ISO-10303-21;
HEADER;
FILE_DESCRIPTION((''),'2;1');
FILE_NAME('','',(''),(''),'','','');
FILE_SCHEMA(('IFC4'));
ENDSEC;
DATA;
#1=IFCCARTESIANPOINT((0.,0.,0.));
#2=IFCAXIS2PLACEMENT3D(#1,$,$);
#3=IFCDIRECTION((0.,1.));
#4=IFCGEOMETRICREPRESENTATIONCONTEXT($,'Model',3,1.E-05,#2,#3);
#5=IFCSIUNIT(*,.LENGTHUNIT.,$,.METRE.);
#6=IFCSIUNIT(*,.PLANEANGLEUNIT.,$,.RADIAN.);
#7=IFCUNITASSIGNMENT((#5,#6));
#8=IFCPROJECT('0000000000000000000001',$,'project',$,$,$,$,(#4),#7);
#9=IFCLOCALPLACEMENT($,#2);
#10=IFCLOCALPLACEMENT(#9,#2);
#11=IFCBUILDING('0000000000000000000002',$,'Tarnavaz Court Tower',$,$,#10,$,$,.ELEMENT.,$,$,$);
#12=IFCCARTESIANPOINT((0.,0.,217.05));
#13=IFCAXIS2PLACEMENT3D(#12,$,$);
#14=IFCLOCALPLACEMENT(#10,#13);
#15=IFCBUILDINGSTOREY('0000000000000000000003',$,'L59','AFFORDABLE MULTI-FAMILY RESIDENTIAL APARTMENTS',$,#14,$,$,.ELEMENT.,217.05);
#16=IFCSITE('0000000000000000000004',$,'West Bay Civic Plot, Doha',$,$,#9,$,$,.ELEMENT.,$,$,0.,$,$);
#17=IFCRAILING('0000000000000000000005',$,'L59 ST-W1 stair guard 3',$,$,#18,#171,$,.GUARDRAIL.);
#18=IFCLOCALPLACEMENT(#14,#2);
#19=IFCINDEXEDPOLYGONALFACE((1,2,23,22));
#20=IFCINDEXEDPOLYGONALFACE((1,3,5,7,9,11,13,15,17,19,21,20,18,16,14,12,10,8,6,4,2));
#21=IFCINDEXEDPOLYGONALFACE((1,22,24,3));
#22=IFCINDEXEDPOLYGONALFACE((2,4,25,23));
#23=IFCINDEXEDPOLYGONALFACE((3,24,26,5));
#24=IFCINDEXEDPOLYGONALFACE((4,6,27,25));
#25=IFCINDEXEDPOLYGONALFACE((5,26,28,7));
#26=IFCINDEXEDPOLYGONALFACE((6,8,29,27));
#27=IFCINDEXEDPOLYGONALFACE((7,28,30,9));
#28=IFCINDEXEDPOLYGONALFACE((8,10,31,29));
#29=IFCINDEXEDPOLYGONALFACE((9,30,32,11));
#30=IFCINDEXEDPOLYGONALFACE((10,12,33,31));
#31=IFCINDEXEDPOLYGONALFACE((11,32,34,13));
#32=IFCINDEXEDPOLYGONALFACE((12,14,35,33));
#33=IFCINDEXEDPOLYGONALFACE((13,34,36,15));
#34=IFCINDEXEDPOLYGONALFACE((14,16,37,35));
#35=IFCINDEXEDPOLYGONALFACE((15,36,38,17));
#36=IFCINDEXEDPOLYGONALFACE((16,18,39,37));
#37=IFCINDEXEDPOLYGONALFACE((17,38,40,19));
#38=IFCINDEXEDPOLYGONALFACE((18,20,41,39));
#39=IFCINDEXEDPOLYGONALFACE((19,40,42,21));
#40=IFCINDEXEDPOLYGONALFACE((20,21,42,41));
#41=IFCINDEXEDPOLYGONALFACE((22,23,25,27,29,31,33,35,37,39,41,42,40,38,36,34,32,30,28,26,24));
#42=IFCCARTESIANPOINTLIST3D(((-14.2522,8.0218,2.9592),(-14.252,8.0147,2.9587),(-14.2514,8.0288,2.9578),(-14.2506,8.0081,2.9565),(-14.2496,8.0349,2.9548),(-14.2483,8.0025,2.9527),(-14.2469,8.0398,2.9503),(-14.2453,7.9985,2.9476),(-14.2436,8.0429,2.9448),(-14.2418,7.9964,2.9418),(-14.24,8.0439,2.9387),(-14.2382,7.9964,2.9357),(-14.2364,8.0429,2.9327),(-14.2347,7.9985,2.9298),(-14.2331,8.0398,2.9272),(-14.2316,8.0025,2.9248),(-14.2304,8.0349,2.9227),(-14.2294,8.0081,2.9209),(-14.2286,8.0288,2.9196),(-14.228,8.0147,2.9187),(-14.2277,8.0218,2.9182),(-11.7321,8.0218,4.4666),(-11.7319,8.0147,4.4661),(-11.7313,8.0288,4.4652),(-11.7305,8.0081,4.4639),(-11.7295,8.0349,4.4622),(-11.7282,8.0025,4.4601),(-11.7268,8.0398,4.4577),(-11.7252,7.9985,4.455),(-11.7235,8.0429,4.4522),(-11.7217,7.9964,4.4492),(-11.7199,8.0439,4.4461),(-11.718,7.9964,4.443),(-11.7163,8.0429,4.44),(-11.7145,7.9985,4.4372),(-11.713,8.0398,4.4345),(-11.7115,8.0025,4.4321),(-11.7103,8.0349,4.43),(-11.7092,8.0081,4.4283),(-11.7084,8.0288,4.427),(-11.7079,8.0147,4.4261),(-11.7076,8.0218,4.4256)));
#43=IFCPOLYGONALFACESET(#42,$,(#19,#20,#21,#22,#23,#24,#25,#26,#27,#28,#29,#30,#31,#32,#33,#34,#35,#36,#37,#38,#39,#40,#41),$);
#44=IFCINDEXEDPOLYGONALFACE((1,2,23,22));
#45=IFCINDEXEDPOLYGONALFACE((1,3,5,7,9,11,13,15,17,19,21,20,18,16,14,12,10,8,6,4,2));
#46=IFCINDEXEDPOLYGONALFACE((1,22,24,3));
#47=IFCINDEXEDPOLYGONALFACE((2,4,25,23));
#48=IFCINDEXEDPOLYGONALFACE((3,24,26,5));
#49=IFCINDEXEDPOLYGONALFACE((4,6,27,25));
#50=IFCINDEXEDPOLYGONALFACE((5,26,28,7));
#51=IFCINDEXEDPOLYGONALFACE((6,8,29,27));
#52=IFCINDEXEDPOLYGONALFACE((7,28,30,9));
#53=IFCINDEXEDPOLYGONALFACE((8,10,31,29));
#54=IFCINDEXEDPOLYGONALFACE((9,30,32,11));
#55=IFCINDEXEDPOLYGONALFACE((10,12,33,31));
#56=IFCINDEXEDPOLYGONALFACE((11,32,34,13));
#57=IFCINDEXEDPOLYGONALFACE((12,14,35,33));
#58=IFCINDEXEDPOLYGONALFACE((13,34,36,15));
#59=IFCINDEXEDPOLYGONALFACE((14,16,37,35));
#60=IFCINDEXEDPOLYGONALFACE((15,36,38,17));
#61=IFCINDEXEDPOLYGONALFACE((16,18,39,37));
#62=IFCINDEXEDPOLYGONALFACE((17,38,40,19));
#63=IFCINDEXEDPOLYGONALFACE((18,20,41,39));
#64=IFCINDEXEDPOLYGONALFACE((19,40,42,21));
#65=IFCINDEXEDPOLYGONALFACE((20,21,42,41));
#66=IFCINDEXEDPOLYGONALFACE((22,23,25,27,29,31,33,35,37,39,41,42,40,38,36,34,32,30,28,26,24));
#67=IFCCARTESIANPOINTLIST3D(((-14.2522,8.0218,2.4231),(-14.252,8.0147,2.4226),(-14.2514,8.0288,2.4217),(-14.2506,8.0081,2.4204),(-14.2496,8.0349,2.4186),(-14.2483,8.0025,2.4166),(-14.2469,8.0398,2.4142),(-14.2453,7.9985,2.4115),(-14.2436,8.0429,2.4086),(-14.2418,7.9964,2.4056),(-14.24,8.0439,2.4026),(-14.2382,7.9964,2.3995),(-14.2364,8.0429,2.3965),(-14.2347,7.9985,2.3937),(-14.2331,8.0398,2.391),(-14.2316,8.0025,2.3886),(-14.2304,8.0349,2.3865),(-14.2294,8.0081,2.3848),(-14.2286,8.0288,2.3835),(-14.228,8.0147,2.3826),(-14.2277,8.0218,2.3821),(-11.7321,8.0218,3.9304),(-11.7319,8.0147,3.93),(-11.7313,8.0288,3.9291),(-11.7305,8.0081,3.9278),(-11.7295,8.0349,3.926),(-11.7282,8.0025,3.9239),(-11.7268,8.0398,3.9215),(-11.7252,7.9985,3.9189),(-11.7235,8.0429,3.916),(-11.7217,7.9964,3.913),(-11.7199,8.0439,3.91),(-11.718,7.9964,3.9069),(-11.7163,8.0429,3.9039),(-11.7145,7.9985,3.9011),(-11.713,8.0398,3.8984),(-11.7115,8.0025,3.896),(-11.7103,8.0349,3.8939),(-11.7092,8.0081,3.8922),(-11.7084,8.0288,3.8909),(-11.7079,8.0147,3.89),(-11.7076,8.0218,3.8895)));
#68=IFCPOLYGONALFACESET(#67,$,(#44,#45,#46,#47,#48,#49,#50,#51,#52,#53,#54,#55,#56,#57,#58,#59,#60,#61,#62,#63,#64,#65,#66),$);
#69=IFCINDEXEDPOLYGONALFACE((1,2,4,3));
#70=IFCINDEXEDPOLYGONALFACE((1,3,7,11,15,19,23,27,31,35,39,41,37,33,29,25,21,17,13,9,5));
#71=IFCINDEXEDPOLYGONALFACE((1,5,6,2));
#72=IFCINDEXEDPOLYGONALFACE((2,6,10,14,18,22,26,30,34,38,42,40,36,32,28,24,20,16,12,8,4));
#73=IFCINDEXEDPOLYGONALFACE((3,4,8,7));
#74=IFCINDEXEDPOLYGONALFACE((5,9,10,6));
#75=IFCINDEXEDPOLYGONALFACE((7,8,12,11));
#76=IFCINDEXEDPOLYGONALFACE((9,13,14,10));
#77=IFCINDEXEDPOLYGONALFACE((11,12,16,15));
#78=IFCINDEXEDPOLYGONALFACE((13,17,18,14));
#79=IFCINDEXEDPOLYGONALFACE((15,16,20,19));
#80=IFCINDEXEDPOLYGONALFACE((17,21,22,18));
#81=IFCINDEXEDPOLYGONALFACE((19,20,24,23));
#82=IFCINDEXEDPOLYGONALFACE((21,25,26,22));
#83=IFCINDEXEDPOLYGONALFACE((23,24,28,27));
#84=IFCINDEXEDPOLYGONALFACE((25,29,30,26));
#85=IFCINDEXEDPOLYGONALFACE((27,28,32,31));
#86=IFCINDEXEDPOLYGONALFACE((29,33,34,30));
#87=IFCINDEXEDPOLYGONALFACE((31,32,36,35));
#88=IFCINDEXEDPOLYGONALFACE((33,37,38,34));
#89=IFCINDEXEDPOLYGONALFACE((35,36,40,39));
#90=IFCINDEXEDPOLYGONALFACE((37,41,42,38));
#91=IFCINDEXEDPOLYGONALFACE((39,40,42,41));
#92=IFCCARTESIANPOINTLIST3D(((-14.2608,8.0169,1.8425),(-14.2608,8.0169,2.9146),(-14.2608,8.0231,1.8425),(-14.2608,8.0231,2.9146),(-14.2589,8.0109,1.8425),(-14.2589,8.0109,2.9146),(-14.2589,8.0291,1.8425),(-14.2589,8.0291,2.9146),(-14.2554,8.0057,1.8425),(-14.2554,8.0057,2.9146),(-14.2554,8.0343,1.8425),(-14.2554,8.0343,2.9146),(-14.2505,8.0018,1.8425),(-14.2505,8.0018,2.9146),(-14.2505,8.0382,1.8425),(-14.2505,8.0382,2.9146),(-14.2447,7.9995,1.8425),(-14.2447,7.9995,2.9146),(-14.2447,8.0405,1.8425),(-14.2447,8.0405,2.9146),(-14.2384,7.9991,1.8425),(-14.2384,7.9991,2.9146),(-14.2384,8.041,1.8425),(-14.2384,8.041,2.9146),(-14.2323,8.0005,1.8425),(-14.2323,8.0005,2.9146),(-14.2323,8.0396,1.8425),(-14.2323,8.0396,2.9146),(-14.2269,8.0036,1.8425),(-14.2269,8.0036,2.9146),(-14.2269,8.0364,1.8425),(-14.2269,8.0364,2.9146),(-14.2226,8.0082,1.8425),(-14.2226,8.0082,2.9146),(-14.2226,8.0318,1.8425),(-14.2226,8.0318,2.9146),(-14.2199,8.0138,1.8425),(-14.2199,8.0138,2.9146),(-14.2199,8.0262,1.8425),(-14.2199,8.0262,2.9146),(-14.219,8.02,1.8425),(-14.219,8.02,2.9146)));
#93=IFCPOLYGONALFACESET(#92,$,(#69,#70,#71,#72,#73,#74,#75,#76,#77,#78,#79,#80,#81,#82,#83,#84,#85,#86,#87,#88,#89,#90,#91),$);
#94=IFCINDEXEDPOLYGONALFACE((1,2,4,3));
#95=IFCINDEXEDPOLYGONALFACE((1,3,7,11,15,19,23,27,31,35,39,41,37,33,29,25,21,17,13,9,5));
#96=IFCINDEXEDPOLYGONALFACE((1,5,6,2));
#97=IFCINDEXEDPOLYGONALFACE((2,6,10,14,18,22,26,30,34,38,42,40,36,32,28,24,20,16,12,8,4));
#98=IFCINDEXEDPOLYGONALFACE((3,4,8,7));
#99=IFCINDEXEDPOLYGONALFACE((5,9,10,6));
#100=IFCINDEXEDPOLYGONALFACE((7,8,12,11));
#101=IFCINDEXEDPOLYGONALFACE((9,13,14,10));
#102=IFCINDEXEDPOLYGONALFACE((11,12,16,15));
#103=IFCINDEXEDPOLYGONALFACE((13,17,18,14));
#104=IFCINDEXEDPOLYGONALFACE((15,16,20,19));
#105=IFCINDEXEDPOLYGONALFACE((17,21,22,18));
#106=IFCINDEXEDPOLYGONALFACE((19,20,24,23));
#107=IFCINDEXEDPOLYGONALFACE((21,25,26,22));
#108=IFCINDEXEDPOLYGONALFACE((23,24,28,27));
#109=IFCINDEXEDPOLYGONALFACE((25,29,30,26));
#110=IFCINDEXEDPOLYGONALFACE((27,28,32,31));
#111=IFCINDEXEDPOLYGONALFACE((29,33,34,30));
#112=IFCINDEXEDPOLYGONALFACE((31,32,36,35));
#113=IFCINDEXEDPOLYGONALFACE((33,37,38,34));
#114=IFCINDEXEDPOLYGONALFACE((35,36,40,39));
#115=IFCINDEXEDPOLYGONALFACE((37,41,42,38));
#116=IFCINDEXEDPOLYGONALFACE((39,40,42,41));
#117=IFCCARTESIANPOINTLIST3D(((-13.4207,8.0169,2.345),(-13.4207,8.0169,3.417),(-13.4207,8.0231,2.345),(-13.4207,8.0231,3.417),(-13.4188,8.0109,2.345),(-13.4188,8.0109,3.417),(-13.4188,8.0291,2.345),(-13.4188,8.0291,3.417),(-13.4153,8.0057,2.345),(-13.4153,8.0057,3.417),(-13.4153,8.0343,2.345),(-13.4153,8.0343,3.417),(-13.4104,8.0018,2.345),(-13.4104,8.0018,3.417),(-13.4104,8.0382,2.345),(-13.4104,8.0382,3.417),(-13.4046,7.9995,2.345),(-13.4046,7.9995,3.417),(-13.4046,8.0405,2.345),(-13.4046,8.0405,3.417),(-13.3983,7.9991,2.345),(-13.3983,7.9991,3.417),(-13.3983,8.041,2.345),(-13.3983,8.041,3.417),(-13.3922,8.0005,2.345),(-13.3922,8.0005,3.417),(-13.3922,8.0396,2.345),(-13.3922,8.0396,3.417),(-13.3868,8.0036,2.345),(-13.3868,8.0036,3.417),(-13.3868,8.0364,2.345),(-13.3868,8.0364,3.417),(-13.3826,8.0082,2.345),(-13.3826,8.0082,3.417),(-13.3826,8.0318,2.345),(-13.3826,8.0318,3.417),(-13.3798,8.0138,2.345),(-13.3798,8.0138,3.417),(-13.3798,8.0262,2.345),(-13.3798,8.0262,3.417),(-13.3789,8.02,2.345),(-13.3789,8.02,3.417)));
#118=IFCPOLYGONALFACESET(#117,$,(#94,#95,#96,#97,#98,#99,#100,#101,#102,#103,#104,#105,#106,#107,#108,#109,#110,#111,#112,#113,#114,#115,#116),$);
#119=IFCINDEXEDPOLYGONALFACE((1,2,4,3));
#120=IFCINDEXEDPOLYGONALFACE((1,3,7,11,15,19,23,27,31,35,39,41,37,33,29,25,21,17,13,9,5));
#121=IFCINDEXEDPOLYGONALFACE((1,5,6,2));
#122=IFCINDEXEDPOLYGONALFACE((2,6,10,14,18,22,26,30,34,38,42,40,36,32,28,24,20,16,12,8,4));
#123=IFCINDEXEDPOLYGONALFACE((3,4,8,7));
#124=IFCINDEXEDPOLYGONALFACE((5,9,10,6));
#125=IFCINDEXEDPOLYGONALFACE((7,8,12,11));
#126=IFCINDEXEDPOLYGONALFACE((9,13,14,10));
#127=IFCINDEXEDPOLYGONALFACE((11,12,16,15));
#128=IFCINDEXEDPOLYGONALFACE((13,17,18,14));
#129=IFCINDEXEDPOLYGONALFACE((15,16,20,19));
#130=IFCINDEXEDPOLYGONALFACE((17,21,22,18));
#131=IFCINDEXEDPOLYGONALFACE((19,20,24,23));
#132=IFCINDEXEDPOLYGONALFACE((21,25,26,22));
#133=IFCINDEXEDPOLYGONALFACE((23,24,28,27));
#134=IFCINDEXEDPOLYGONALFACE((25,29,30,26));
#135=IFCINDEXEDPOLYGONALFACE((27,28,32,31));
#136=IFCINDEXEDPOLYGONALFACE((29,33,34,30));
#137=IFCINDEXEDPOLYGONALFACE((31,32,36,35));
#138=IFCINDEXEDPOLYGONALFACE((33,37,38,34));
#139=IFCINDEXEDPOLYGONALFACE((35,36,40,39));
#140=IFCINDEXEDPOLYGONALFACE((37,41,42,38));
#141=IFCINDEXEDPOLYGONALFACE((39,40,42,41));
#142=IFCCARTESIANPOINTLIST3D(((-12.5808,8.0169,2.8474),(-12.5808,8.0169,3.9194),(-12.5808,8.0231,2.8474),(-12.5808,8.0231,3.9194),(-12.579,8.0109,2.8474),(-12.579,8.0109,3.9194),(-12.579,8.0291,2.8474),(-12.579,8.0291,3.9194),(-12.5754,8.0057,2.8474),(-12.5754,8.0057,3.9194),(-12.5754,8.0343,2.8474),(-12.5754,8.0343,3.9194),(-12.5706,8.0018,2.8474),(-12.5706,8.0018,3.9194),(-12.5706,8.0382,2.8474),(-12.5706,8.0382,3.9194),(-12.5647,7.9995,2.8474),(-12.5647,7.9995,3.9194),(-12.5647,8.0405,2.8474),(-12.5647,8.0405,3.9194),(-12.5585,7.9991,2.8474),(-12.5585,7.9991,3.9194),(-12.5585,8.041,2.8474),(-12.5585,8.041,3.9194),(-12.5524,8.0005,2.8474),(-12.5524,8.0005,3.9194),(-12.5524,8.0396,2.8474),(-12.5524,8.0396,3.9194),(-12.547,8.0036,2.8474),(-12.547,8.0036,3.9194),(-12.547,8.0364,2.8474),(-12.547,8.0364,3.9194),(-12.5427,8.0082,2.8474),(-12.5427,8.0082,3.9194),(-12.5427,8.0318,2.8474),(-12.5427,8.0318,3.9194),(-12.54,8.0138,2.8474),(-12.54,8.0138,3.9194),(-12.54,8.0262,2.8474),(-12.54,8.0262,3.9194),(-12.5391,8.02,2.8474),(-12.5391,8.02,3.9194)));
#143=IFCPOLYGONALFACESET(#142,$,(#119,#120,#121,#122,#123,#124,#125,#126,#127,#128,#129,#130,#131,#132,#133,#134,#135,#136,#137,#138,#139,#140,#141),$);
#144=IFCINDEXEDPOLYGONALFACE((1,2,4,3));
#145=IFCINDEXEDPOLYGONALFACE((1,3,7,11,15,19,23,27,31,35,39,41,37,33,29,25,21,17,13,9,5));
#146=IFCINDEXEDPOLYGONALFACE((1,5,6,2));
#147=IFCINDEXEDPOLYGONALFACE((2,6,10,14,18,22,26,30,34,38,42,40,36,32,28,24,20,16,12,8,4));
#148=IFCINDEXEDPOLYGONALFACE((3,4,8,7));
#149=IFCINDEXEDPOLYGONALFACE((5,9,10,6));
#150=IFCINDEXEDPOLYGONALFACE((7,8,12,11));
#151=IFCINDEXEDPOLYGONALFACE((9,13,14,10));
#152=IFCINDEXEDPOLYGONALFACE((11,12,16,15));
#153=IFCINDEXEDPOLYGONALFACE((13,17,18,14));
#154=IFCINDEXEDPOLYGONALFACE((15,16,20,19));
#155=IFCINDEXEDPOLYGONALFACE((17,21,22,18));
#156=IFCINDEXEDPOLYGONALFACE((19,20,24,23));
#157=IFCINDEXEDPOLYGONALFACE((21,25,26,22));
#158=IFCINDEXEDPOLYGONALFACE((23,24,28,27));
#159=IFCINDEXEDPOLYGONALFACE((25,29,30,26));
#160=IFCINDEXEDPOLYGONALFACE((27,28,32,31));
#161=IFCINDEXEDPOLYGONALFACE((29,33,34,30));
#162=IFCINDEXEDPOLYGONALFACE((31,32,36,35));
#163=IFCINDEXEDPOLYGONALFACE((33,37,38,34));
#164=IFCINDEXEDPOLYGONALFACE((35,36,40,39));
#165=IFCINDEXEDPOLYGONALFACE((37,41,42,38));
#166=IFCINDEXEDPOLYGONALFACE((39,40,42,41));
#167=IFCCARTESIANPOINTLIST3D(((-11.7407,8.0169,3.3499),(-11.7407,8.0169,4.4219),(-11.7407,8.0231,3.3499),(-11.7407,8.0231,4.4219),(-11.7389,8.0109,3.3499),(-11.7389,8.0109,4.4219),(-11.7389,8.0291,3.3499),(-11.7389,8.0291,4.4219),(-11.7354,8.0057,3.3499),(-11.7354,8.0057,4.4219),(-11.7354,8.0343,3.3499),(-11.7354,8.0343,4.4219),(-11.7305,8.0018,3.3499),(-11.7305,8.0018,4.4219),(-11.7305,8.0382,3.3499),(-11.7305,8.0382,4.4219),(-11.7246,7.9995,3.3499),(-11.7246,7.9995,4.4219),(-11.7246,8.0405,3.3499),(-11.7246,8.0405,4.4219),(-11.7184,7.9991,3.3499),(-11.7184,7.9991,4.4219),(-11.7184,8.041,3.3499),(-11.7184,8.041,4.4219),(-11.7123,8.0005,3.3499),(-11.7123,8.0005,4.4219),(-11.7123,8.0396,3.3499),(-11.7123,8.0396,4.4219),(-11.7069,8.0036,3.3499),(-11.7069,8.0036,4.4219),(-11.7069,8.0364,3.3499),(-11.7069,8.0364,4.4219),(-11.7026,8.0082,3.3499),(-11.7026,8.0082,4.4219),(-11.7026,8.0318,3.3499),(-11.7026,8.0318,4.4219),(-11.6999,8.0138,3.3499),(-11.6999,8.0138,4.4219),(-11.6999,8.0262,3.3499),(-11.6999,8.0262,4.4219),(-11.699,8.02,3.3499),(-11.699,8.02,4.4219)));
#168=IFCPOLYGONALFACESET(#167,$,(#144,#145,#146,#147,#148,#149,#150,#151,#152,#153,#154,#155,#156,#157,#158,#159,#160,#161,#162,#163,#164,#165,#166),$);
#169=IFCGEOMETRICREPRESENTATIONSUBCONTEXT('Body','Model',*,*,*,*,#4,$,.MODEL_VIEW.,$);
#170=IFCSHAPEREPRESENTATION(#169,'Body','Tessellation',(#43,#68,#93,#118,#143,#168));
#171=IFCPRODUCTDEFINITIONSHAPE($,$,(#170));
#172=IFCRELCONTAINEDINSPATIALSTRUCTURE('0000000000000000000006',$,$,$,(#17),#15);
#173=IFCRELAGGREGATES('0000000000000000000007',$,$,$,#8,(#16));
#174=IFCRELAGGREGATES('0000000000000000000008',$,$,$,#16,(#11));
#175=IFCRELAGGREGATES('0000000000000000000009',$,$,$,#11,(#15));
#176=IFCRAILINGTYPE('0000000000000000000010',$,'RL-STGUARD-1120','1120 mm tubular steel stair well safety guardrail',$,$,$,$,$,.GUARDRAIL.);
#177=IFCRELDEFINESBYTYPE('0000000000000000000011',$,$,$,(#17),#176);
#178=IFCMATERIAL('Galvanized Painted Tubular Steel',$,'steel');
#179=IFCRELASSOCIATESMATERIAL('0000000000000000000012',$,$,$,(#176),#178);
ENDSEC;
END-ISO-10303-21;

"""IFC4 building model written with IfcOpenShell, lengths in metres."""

from ifc_helpers import new_model, si_unit, direction, frame, origin, origin_2d, place, context, subcontext, project, spatial, circle, extrude, material, type_object, element, save


model = new_model("IFC4")

# Units and contexts
model_context = context("Model", 3, precision=1e-05, world=origin(), true_north=direction((0.0, 1.0)))
body_context = subcontext(model_context, "Body", "Model", "MODEL_VIEW")
ifc_project = project(units=[si_unit("LENGTHUNIT", "METRE"), si_unit("PLANEANGLEUNIT", "RADIAN")], contexts=[model_context])

# Site, building, storey
site_placement = place(None, origin())
site = spatial("IfcSite", under=ifc_project, at=site_placement, Name="West Bay Civic Plot, Doha", CompositionType="ELEMENT", RefElevation=0.0)
building_placement = place(site_placement, origin())
building = spatial("IfcBuilding", under=site, at=building_placement, Name="Tarnavaz Court Tower", CompositionType="ELEMENT")
storey_placement = place(building_placement, frame((0.0, 0.0, 217.05)))
storey = spatial("IfcBuildingStorey", under=building, at=storey_placement, Name="L59", Description="AFFORDABLE MULTI-FAMILY RESIDENTIAL APARTMENTS", CompositionType="ELEMENT", Elevation=217.05)

# Railing
ifc_material_1 = material(Name="Galvanized Painted Tubular Steel", Category="steel")
railing_type_1 = type_object("IfcRailingType", Name="RL-STGUARD-1120", Description="1120 mm tubular steel stair well safety guardrail", PredefinedType="GUARDRAIL", material=ifc_material_1)
railing_1_placement = place(storey_placement, frame((-14.24, 8.02, 1.8425)))
element("IfcRailing", 1, at=railing_1_placement, inside=storey, type_object=railing_type_1, Name="L59 ST-W1 stair guard 3", PredefinedType="GUARDRAIL", context=body_context, shape_type="SweptSolid", body=[
    extrude(circle(Radius=0.0239, at=origin_2d()), frame((0.0, 0.0, 1.0962), z_axis=(0.858196, 0.0, 0.513321), x_axis=(0.0, 1.0, 0.0)), (0.0, 0.0, 1.0), 2.9365),
    extrude(circle(Radius=0.0239, at=origin_2d()), frame((0.0, 0.0, 0.5601), z_axis=(0.858196, 0.0, 0.513321), x_axis=(0.0, 1.0, 0.0)), (0.0, 0.0, 1.0), 2.9365),
    extrude(circle(Radius=0.021, at=origin_2d()), origin(), (0.0, 0.0, 1.0), 1.072),
    extrude(circle(Radius=0.021, at=origin_2d()), frame((0.8401, 0.0, 0.5024)), (0.0, 0.0, 1.0), 1.072),
    extrude(circle(Radius=0.021, at=origin_2d()), frame((1.6799, 0.0, 1.0049)), (0.0, 0.0, 1.0), 1.072),
    extrude(circle(Radius=0.021, at=origin_2d()), frame((2.52, 0.0, 1.5073)), (0.0, 0.0, 1.0), 1.072),
])

save(model, "model.ifc")
